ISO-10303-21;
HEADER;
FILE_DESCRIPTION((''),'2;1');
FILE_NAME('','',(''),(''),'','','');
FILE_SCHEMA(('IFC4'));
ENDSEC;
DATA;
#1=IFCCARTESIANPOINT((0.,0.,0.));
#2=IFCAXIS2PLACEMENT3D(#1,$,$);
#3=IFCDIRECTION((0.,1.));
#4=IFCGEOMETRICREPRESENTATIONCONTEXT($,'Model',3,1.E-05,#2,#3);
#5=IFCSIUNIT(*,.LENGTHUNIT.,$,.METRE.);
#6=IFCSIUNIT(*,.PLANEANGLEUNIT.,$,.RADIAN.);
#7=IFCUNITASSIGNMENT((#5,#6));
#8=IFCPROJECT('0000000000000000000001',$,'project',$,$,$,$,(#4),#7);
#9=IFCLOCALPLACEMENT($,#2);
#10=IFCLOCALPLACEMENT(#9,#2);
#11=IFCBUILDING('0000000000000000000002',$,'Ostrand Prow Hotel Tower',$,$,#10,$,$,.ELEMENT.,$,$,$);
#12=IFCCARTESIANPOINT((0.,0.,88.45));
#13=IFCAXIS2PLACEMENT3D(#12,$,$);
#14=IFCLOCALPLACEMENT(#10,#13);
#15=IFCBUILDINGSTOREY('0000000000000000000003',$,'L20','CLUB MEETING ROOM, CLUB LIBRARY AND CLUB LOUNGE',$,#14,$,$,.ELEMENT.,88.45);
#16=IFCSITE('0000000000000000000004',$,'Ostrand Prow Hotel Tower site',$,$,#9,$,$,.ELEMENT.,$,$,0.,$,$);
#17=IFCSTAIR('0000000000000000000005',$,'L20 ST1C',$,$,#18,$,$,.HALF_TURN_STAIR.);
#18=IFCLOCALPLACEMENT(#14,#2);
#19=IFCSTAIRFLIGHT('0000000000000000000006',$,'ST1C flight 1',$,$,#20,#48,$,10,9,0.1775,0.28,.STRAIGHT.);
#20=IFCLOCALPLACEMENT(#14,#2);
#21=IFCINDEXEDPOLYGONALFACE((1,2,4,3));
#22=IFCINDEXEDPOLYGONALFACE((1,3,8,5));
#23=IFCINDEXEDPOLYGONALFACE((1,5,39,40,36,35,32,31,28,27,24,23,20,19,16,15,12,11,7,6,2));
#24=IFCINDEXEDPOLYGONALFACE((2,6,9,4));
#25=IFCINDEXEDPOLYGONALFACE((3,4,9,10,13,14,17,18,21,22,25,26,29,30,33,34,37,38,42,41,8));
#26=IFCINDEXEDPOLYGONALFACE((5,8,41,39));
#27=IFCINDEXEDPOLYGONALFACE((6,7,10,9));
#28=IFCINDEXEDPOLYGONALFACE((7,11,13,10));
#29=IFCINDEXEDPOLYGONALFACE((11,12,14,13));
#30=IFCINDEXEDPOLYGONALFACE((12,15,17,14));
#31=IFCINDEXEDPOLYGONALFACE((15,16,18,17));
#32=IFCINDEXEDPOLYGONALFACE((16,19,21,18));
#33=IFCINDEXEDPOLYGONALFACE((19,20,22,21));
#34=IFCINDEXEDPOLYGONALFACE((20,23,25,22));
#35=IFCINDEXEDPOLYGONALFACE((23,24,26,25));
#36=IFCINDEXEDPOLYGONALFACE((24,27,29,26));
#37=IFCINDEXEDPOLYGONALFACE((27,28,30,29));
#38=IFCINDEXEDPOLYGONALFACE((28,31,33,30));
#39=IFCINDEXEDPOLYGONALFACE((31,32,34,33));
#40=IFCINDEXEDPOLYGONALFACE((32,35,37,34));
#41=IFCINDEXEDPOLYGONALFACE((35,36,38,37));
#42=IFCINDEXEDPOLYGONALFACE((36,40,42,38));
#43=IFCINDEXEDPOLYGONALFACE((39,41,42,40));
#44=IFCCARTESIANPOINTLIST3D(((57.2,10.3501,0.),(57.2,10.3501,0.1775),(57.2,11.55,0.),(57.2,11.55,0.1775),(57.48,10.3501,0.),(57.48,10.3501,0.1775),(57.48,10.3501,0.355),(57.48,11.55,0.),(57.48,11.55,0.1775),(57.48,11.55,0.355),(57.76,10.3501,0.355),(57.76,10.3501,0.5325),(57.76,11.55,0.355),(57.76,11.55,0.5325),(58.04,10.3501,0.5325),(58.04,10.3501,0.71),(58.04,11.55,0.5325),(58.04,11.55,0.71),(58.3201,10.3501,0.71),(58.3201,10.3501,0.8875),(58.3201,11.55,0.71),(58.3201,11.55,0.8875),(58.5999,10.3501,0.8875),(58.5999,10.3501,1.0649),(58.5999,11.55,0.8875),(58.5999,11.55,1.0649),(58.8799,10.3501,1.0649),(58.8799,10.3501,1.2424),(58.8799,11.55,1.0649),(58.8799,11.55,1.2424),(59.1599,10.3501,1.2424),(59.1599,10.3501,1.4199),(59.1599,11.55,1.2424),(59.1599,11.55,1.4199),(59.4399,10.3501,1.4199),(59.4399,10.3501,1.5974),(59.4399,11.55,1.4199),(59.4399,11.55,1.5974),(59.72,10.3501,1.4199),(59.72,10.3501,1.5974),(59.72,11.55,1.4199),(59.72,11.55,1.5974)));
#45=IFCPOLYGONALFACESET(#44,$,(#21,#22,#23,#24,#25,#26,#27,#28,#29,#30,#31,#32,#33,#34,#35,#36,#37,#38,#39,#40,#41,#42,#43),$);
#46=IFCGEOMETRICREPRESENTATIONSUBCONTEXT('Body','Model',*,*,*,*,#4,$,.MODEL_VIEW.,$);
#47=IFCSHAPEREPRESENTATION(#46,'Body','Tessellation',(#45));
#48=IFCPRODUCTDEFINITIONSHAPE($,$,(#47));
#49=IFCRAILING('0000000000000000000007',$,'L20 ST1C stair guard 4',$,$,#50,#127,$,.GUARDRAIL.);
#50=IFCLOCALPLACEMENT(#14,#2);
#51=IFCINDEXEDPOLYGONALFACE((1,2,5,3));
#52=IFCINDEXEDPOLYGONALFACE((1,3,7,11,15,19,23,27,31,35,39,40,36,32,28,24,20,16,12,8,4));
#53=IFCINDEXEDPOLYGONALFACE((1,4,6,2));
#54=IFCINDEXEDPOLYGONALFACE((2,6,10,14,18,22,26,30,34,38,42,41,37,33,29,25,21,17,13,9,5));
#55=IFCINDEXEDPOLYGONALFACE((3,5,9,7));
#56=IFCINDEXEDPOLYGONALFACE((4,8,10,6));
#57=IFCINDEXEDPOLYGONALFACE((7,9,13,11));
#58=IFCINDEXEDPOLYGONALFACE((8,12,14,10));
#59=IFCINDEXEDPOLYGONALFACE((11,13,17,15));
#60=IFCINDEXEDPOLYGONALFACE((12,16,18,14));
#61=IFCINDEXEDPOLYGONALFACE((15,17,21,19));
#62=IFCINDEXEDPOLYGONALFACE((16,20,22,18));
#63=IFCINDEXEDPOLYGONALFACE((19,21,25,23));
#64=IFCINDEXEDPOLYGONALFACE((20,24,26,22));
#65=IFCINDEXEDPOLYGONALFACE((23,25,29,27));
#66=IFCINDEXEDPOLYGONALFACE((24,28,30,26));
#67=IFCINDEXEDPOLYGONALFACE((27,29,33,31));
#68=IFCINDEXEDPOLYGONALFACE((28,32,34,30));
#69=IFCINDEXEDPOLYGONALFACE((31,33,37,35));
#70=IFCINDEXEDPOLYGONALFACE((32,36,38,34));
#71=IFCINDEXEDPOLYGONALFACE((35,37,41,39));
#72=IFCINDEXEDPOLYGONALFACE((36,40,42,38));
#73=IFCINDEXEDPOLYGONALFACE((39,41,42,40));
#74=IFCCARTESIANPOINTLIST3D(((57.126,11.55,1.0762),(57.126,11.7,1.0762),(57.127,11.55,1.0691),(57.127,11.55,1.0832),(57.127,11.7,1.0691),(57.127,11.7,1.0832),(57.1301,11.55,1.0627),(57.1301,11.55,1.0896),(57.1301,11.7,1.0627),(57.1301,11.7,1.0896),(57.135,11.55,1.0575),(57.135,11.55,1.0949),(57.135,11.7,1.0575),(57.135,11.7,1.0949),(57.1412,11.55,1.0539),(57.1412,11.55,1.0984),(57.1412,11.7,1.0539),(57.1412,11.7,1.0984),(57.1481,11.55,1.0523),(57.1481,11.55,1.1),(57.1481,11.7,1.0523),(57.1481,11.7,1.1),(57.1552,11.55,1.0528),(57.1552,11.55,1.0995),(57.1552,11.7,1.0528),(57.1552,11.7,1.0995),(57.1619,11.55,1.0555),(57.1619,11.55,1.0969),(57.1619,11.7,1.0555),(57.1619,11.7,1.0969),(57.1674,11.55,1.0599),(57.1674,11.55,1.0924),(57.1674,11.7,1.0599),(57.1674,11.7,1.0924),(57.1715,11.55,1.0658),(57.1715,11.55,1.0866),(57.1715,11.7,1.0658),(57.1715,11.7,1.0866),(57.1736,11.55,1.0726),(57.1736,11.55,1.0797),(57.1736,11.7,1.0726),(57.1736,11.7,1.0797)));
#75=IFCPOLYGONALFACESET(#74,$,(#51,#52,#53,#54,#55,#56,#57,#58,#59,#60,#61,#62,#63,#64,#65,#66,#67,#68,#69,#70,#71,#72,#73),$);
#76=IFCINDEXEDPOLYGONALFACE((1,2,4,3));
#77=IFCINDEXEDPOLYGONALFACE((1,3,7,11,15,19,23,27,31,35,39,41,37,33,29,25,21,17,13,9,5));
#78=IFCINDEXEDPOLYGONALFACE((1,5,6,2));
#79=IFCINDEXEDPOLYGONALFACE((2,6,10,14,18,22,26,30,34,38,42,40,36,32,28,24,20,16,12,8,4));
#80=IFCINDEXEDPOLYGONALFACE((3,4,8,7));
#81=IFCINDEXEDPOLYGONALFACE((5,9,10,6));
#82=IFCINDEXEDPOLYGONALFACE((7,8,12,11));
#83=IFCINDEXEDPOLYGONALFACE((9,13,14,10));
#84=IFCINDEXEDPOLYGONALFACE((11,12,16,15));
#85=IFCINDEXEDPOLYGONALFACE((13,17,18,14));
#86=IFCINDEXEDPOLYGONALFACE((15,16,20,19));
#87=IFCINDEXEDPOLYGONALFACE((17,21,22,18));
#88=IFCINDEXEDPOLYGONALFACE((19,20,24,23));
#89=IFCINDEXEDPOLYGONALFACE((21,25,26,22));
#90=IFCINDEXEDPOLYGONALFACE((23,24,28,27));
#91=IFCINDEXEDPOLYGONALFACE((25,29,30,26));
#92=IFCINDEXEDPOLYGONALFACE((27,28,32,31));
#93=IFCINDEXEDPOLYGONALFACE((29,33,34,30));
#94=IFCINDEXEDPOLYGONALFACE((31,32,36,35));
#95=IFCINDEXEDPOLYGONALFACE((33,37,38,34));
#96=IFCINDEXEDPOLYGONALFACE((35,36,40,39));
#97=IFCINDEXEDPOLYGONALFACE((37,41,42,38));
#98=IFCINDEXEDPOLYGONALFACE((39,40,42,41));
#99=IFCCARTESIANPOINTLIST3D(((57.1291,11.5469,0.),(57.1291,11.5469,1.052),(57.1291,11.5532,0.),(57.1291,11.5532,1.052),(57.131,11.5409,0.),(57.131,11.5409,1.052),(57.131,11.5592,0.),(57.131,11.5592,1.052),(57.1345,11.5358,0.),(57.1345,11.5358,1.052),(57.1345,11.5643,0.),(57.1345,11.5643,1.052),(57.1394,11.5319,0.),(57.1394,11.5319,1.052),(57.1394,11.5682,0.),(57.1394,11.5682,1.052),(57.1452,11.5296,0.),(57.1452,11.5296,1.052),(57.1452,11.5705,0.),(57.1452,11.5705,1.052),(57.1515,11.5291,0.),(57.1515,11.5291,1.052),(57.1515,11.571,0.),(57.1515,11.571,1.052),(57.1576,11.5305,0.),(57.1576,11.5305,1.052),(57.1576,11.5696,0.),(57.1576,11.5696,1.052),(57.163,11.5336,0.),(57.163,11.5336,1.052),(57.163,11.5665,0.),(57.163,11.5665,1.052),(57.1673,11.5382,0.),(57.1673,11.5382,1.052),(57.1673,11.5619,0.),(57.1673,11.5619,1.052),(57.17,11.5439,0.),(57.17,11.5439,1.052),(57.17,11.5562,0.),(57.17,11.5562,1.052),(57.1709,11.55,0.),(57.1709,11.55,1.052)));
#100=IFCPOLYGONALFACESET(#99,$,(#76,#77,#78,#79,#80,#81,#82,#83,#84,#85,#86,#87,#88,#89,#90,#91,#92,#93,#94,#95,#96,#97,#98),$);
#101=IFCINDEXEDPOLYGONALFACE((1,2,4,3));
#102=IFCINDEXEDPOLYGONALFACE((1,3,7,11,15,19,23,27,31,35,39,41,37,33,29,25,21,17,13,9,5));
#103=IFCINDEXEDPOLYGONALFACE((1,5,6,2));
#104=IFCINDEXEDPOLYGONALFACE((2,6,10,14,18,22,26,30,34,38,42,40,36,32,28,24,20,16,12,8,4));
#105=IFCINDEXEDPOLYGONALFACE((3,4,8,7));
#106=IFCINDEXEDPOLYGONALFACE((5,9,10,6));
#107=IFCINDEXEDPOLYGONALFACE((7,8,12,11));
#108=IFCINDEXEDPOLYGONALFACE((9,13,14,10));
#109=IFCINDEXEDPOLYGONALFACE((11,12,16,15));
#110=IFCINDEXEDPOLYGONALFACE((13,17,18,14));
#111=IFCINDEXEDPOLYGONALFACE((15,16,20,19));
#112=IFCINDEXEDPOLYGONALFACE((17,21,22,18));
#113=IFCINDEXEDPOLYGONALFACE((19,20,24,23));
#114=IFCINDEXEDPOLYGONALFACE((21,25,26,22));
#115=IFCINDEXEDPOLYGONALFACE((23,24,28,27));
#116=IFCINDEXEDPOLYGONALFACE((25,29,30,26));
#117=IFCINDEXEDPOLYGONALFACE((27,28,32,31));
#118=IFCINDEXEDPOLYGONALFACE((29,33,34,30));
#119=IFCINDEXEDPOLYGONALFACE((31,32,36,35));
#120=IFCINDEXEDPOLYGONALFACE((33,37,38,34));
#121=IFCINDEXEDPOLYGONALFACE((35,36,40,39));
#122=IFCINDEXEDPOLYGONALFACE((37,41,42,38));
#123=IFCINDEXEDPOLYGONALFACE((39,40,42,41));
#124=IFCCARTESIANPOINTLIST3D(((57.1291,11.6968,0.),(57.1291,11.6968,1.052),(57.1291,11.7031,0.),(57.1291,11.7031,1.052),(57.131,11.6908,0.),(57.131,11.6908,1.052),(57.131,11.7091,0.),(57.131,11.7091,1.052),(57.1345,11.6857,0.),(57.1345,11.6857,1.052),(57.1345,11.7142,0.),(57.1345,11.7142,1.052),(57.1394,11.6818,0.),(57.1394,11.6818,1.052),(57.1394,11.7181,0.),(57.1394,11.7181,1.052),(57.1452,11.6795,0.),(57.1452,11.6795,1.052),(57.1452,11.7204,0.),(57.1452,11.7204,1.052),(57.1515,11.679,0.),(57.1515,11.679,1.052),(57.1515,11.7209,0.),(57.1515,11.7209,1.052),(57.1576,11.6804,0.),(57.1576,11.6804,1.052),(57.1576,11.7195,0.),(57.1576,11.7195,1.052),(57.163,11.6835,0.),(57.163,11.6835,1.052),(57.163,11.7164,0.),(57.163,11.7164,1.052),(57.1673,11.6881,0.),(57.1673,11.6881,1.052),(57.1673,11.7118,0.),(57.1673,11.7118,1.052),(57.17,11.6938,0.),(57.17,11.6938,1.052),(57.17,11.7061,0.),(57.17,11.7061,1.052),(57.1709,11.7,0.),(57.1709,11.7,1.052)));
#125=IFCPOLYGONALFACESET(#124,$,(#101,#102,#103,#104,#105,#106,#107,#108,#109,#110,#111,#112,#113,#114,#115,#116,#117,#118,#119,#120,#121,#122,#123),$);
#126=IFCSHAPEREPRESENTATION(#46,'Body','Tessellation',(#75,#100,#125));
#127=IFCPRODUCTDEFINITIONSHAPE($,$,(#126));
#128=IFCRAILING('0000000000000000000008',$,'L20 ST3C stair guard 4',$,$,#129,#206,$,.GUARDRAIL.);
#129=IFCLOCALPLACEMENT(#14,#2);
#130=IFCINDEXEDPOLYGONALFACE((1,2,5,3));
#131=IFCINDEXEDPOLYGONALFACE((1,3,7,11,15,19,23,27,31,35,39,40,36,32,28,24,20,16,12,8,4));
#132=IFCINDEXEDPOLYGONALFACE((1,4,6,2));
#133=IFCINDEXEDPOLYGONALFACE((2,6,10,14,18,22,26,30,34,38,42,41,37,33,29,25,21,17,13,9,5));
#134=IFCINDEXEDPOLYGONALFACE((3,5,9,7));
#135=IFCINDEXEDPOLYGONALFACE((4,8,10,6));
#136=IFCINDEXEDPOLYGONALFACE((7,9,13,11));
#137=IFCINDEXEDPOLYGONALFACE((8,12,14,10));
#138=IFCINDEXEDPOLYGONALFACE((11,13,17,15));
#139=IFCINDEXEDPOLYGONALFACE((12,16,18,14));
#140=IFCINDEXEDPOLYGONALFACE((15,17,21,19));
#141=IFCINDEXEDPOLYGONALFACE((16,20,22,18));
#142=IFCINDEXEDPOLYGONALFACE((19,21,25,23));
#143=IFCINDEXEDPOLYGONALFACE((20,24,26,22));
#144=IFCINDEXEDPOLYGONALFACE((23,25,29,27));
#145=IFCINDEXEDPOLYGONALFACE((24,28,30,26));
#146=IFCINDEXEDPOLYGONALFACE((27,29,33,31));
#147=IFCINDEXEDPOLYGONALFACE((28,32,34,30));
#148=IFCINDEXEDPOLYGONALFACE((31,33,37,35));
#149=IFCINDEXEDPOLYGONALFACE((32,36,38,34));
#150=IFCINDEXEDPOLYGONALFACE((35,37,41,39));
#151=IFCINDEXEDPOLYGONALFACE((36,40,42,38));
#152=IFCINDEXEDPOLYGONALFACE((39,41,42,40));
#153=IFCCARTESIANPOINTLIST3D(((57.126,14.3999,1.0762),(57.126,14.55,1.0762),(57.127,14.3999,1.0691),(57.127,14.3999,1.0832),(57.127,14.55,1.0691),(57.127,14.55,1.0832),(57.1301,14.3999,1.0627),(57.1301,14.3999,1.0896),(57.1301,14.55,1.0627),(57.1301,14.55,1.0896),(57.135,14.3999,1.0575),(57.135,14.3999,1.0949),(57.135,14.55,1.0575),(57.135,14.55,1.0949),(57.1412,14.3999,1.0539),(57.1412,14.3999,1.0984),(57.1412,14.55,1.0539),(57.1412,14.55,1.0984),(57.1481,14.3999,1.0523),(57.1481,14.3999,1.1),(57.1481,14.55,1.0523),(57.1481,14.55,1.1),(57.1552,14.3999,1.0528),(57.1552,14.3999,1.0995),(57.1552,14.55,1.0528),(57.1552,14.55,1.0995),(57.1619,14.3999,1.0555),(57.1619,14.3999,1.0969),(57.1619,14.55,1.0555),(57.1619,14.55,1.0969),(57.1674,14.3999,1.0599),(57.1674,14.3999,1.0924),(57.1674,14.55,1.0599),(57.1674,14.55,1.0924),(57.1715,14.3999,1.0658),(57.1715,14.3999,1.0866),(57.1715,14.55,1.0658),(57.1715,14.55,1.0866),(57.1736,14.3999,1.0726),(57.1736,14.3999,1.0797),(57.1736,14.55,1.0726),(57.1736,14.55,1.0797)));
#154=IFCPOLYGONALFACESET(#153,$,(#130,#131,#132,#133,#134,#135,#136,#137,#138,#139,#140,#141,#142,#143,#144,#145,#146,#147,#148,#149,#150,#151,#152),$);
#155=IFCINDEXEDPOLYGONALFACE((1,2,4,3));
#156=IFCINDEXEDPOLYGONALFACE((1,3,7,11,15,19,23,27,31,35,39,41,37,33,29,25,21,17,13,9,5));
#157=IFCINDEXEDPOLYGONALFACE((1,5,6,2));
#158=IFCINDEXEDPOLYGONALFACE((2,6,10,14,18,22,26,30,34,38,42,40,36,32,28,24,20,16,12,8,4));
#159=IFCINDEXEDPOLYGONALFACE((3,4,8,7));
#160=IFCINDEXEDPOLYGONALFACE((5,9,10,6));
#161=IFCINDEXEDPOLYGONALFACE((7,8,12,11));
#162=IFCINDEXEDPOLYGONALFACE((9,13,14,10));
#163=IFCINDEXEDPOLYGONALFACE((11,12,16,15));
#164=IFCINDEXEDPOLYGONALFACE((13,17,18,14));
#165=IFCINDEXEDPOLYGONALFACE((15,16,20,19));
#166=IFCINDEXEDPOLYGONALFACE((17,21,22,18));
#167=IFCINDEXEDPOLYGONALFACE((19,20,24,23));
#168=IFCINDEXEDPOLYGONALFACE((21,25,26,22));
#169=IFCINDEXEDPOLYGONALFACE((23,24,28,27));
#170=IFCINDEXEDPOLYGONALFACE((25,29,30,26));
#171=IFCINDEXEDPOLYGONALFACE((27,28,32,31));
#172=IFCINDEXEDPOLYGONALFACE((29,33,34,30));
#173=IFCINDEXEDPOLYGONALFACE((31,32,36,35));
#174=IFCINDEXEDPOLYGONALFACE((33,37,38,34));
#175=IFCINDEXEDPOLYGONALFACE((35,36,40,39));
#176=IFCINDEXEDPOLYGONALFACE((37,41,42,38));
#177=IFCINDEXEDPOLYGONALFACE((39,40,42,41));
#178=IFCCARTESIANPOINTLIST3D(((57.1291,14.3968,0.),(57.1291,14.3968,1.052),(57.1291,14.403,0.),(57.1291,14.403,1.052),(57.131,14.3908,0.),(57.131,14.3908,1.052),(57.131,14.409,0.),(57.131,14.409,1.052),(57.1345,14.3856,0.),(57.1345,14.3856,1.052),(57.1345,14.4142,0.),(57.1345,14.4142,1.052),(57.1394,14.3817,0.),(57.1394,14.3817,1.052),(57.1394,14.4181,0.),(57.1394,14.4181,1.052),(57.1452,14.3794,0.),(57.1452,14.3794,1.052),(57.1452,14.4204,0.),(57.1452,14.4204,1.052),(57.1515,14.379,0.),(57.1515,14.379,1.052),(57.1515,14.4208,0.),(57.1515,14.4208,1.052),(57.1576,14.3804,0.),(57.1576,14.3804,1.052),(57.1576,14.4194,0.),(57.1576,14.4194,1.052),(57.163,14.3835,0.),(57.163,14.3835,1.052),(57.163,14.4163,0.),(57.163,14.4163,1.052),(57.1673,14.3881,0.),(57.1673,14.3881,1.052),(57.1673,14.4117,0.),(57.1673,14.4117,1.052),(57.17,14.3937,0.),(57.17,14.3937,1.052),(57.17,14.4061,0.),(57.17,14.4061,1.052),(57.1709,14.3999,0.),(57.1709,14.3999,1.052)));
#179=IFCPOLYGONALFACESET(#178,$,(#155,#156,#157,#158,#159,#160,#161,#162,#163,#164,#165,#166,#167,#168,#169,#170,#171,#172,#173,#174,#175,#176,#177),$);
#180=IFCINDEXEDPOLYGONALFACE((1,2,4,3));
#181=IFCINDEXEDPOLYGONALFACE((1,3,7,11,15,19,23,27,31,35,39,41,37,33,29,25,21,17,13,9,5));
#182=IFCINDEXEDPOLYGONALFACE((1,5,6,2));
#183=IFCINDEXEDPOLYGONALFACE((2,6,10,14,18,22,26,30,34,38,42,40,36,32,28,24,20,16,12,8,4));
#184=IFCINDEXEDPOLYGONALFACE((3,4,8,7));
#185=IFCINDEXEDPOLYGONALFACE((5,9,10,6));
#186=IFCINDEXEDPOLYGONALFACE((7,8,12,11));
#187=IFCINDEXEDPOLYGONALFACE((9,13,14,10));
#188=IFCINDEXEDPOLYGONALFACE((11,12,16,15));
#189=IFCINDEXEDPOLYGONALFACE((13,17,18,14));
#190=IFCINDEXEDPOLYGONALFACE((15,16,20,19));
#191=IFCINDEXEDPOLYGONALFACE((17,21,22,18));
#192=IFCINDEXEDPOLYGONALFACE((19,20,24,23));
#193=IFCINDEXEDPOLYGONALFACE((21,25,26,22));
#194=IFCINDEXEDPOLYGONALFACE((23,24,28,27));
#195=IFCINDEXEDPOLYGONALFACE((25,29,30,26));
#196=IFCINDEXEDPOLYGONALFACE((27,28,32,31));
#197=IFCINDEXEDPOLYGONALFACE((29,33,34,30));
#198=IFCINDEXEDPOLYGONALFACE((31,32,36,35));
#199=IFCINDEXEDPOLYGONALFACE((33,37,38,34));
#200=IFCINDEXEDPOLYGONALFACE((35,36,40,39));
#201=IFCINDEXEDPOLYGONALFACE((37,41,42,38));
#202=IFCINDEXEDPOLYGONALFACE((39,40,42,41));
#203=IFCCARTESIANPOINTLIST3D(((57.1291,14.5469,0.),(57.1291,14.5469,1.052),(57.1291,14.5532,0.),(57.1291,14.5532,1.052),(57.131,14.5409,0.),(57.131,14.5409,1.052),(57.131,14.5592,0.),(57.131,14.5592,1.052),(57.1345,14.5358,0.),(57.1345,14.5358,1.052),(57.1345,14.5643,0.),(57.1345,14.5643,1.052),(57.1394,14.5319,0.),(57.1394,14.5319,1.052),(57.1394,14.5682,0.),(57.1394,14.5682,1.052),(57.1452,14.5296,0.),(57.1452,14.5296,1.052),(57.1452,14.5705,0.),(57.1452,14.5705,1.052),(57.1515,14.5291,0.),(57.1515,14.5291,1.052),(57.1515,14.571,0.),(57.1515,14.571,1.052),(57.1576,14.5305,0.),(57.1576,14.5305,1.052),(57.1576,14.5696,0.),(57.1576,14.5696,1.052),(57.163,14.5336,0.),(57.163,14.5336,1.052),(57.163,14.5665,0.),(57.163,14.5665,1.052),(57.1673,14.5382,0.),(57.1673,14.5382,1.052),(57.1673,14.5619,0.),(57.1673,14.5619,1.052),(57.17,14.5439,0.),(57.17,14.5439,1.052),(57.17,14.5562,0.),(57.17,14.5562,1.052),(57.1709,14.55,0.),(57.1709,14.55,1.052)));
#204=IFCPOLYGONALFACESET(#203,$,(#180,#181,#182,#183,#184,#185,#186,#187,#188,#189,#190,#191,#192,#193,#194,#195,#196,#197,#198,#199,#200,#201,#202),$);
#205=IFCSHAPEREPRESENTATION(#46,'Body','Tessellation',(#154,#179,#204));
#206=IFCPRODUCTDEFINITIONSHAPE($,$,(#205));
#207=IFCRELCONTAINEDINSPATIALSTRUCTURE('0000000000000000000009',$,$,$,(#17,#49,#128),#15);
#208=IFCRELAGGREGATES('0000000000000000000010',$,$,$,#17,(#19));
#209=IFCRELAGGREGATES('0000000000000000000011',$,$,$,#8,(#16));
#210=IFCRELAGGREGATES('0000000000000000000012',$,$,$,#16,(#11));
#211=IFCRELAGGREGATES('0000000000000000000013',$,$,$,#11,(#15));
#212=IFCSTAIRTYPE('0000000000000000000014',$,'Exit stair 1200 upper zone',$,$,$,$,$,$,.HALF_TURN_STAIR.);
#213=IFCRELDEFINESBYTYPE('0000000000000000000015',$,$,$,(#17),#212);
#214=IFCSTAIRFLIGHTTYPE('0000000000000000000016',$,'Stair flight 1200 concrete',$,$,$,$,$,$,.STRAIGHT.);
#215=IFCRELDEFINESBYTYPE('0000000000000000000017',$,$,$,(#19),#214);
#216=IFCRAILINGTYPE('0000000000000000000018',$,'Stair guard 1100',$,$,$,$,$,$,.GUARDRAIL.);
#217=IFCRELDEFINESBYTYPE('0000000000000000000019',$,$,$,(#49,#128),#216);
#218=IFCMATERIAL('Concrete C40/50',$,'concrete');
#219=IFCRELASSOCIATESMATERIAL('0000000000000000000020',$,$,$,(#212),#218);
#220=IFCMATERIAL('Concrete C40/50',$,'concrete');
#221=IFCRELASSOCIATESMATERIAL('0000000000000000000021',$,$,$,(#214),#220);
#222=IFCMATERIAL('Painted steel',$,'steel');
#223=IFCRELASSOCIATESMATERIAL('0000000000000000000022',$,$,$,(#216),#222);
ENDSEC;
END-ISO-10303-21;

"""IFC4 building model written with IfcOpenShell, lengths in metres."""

from ifc_helpers import new_model, si_unit, direction, frame, origin, origin_2d, place, context, subcontext, project, spatial, polyline, circle, outline, extrude, material, type_object, element, aggregate, save


model = new_model("IFC4")

# Units and contexts
model_context = context("Model", 3, precision=1e-05, world=origin(), true_north=direction((0.0, 1.0)))
body_context = subcontext(model_context, "Body", "Model", "MODEL_VIEW")
ifc_project = project(units=[si_unit("LENGTHUNIT", "METRE"), si_unit("PLANEANGLEUNIT", "RADIAN")], contexts=[model_context])

# Site, building, storey
site_placement = place(None, origin())
site = spatial("IfcSite", under=ifc_project, at=site_placement, Name="Ostrand Prow Hotel Tower site", CompositionType="ELEMENT", RefElevation=0.0)
building_placement = place(site_placement, origin())
building = spatial("IfcBuilding", under=site, at=building_placement, Name="Ostrand Prow Hotel Tower", CompositionType="ELEMENT")
storey_placement = place(building_placement, frame((0.0, 0.0, 88.45)))
storey = spatial("IfcBuildingStorey", under=building, at=storey_placement, Name="L20", Description="CLUB MEETING ROOM, CLUB LIBRARY AND CLUB LOUNGE", CompositionType="ELEMENT", Elevation=88.45)

# Stair, stair flight
ifc_material_1 = material(Name="Concrete C40/50", Category="concrete")
stair_type = type_object("IfcStairType", Name="Exit stair 1200 upper zone", PredefinedType="HALF_TURN_STAIR", material=ifc_material_1)
stair_placement = place(storey_placement, origin())
stair = element("IfcStair", 1, at=stair_placement, inside=storey, type_object=stair_type, Name="L20 ST1C", PredefinedType="HALF_TURN_STAIR")
ifc_material_2 = material(Name="Concrete C40/50", Category="concrete")
stair_flight_type = type_object("IfcStairFlightType", Name="Stair flight 1200 concrete", PredefinedType="STRAIGHT", material=ifc_material_2)
stair_flight_placement = place(storey_placement, frame((57.2, 10.95, 0.0), z_axis=(0.0, 0.0, 1.0), x_axis=(1.0, 0.0, 0.0)))
stair_flight = element("IfcStairFlight", 2, at=stair_flight_placement, type_object=stair_flight_type, Name="ST1C flight 1", NumberOfRisers=10, NumberOfTreads=9, PredefinedType="STRAIGHT", RiserHeight=0.1775, TreadLength=0.28, context=body_context, shape_type="SweptSolid", body=[
    extrude(outline(polyline([(0.0, 0.0), (0.0, 0.1775), (0.28, 0.1775), (0.28, 0.355), (0.5601, 0.355), (0.5601, 0.5325), (0.8401, 0.5325), (0.8401, 0.71), (1.1201, 0.71), (1.1201, 0.8875), (1.3999, 0.8875), (1.3999, 1.0649), (1.6799, 1.0649), (1.6799, 1.2424), (1.96, 1.2424), (1.96, 1.4199), (2.24, 1.4199), (2.24, 1.5974), (2.52, 1.5974), (2.52, 1.7749), (2.52, 1.4199), (0.28, 0.0), (0.0, 0.0)])), frame((0.0, 0.6001, 0.0), z_axis=(0.0, -1.0, 0.0), x_axis=(1.0, 0.0, 0.0)), (0.0, 0.0, 1.0), 1.2),
])
aggregate(stair, [stair_flight])

# Railings
ifc_material_3 = material(Name="Painted steel", Category="steel")
railing_type_1 = type_object("IfcRailingType", Name="Stair guard 1100", PredefinedType="GUARDRAIL", material=ifc_material_3)
railing_1_placement = place(storey_placement, frame((57.1499, 11.55, 0.0)))
element("IfcRailing", 3, at=railing_1_placement, inside=storey, type_object=railing_type_1, Name="L20 ST1C stair guard 4", PredefinedType="GUARDRAIL", context=body_context, shape_type="SweptSolid", body=[
    extrude(circle(Radius=0.0239, at=origin_2d()), frame((0.0, 0.0, 1.0762), z_axis=(0.0, 1.0, 0.0), x_axis=(-1.0, 0.0, 0.0)), (0.0, 0.0, 1.0), 0.1499),
    extrude(circle(Radius=0.021, at=origin_2d()), origin(), (0.0, 0.0, 1.0), 1.052),
    extrude(circle(Radius=0.021, at=origin_2d()), frame((0.0, 0.1499, 0.0)), (0.0, 0.0, 1.0), 1.052),
])
railing_2_placement = place(storey_placement, frame((57.1499, 14.3999, 0.0)))
element("IfcRailing", 4, at=railing_2_placement, inside=storey, type_object=railing_type_1, Name="L20 ST3C stair guard 4", PredefinedType="GUARDRAIL", context=body_context, shape_type="SweptSolid", body=[
    extrude(circle(Radius=0.0239, at=origin_2d()), frame((0.0, 0.0, 1.0762), z_axis=(0.0, 1.0, 0.0), x_axis=(-1.0, 0.0, 0.0)), (0.0, 0.0, 1.0), 0.1501),
    extrude(circle(Radius=0.021, at=origin_2d()), origin(), (0.0, 0.0, 1.0), 1.052),
    extrude(circle(Radius=0.021, at=origin_2d()), frame((0.0, 0.1501, 0.0)), (0.0, 0.0, 1.0), 1.052),
])

save(model, "model.ifc")
